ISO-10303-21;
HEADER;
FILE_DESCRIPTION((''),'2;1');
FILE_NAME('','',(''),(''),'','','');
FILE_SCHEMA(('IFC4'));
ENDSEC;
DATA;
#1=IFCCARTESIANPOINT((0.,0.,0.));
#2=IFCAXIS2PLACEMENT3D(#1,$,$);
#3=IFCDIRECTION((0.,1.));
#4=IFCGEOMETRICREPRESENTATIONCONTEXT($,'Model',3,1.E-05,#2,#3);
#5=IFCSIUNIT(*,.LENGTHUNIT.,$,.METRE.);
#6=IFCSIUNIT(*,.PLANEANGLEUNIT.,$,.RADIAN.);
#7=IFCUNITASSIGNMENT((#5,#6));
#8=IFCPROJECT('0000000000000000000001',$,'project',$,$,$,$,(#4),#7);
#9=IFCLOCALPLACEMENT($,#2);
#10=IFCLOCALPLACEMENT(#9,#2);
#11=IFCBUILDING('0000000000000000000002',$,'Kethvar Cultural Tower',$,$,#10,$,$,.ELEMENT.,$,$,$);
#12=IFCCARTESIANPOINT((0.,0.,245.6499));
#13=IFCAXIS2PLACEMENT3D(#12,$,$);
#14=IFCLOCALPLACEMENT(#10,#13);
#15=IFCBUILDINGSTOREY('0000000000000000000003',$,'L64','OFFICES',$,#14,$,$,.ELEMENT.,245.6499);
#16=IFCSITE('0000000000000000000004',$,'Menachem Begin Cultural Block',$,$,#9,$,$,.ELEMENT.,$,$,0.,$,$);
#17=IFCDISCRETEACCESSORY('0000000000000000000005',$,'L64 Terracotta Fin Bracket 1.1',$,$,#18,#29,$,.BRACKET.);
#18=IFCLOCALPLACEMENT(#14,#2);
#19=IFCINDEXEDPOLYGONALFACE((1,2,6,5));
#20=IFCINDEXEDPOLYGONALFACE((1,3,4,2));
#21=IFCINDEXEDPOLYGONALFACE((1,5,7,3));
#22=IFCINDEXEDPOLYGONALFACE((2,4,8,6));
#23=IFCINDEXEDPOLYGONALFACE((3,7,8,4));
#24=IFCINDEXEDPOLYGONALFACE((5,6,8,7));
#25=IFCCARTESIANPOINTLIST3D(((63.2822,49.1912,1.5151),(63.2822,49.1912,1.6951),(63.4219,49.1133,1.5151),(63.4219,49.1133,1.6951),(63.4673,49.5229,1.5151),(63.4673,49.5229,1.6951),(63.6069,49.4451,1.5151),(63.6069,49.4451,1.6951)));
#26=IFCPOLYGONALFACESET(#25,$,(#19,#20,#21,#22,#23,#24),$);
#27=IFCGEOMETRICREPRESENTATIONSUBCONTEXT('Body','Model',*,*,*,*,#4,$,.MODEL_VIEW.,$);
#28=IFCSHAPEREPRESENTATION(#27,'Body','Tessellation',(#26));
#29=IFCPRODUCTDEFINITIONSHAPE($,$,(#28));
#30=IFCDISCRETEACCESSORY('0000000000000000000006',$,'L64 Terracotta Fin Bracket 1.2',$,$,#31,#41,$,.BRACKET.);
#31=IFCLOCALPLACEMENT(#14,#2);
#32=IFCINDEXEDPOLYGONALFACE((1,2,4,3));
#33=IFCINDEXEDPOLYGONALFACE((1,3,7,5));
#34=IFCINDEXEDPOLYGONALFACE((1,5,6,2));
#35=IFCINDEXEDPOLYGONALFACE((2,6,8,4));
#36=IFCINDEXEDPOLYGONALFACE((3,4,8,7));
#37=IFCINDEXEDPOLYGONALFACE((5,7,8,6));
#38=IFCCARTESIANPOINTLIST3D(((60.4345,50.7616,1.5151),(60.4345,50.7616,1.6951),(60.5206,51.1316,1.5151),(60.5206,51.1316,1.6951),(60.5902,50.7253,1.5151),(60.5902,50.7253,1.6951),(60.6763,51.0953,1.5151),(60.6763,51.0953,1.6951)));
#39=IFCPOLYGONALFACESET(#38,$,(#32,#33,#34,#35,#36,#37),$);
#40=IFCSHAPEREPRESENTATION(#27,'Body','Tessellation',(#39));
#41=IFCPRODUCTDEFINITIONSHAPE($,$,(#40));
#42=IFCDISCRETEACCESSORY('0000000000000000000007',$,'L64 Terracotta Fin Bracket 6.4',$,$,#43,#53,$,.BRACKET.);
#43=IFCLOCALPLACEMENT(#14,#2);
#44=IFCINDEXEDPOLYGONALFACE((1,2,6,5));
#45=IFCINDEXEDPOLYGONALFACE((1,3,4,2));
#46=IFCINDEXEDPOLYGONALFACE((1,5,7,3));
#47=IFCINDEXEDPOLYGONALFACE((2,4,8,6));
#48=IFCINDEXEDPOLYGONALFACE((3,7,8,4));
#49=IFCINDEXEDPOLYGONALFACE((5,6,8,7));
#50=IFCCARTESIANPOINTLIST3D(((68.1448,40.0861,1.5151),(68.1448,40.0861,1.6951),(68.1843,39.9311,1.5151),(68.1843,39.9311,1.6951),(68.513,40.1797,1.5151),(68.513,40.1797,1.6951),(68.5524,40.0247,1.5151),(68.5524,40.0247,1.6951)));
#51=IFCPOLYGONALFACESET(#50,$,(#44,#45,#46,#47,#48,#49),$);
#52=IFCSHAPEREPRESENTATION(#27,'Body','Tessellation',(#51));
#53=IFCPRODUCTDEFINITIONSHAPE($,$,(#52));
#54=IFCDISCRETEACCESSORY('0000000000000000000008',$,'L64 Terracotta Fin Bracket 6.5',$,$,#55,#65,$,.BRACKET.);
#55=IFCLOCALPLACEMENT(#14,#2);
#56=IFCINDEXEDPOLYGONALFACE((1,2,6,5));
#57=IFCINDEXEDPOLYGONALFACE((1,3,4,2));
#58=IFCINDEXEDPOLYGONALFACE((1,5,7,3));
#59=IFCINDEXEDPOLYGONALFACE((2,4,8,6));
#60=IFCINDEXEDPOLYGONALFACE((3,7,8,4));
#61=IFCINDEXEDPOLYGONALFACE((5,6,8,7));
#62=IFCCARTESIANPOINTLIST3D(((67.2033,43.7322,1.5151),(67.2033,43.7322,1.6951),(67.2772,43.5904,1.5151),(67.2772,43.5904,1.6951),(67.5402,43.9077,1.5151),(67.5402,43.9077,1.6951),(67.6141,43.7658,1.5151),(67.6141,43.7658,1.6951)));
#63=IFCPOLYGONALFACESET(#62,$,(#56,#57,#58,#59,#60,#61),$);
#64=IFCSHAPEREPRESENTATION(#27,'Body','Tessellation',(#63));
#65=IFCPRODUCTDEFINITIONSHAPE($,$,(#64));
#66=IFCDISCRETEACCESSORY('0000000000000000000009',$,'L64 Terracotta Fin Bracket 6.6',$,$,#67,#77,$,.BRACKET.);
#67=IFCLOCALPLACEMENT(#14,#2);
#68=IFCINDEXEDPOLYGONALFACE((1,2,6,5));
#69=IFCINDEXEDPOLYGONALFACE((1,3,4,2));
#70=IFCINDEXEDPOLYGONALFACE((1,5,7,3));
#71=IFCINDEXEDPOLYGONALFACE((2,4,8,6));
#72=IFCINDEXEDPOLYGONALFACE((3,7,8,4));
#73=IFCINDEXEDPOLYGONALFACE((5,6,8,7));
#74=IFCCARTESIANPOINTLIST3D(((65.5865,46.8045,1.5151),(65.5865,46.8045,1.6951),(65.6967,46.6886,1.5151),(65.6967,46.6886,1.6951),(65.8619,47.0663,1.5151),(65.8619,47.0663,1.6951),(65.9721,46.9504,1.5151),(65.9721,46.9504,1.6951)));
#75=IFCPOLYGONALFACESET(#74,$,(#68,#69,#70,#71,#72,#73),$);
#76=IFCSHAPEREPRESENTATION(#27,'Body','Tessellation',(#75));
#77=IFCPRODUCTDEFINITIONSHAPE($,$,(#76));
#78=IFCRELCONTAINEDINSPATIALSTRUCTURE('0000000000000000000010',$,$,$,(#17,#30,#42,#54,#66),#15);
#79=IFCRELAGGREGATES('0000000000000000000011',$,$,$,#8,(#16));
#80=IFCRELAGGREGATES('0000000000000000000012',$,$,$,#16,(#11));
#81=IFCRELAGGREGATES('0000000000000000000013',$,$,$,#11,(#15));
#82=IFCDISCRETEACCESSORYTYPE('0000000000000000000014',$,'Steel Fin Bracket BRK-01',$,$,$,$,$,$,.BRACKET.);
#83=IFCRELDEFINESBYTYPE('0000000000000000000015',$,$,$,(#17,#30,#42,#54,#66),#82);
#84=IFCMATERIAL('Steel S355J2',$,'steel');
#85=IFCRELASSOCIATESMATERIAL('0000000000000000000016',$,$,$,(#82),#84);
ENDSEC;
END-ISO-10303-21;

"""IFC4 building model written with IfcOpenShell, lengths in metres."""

from ifc_helpers import new_model, si_unit, direction, frame, origin, origin_2d, place, context, subcontext, project, spatial, rectangle, extrude, source, transform, mapped, material, type_object, element, save


model = new_model("IFC4")

# Units and contexts
model_context = context("Model", 3, precision=1e-05, world=origin(), true_north=direction((0.0, 1.0)))
body_context = subcontext(model_context, "Body", "Model", "MODEL_VIEW")
ifc_project = project(units=[si_unit("LENGTHUNIT", "METRE"), si_unit("PLANEANGLEUNIT", "RADIAN")], contexts=[model_context])

# Site, building, storey
site_placement = place(None, origin())
site = spatial("IfcSite", under=ifc_project, at=site_placement, Name="Menachem Begin Cultural Block", CompositionType="ELEMENT", RefElevation=0.0)
building_placement = place(site_placement, origin())
building = spatial("IfcBuilding", under=site, at=building_placement, Name="Kethvar Cultural Tower", CompositionType="ELEMENT")
storey_placement = place(building_placement, frame((0.0, 0.0, 245.6499)))
storey = spatial("IfcBuildingStorey", under=building, at=storey_placement, Name="L64", Description="OFFICES", CompositionType="ELEMENT", Elevation=245.6499)

# Shared definitions
ifc_material_1 = material(Name="Steel S355J2", Category="steel")

# Discrete accessories
discrete_accessory_type = type_object("IfcDiscreteAccessoryType", Name="Steel Fin Bracket BRK-01", PredefinedType="BRACKET", material=ifc_material_1)
shared_shape_1 = source(origin(), body_context, "Body", "SweptSolid", [
    extrude(rectangle(XDim=0.3799, YDim=0.1599, at=origin_2d()), origin(), (0.0, 0.0, 1.0), 0.1799),
])
for number, where, z_axis, x_axis, name in (
    (1, (63.4446, 49.3181, 1.5151), (0.0, 0.0, 1.0), (0.487098, 0.873347, 0.0), "L64 Terracotta Fin Bracket 1.1"),
    (2, (60.5554, 50.9285, 1.5151), (0.0, 0.0, 1.0), (0.226651, 0.973976, 0.0), "L64 Terracotta Fin Bracket 1.2"),
    (3, (68.3486, 40.0554, 1.5151), (0.0, 0.0, 1.0), (0.969145, 0.246492, 0.0), "L64 Terracotta Fin Bracket 6.4"),
    (4, (67.4087, 43.749, 1.5151), (0.0, 0.0, 1.0), (0.88693, 0.461903, 0.0), "L64 Terracotta Fin Bracket 6.5"),
    (5, (65.7793, 46.8774, 1.5151), (0.0, 0.0, 1.0), (0.724773, 0.688987, 0.0), "L64 Terracotta Fin Bracket 6.6"),
):
    element("IfcDiscreteAccessory", number, at=place(storey_placement, frame(where, z_axis=z_axis, x_axis=x_axis)), inside=storey, type_object=discrete_accessory_type, Name=name, PredefinedType="BRACKET", context=body_context, shape_type="MappedRepresentation", body=[
        mapped(shared_shape_1, transform((0.0, 0.0, 0.0), scale=1.0)),
    ])

save(model, "model.ifc")
